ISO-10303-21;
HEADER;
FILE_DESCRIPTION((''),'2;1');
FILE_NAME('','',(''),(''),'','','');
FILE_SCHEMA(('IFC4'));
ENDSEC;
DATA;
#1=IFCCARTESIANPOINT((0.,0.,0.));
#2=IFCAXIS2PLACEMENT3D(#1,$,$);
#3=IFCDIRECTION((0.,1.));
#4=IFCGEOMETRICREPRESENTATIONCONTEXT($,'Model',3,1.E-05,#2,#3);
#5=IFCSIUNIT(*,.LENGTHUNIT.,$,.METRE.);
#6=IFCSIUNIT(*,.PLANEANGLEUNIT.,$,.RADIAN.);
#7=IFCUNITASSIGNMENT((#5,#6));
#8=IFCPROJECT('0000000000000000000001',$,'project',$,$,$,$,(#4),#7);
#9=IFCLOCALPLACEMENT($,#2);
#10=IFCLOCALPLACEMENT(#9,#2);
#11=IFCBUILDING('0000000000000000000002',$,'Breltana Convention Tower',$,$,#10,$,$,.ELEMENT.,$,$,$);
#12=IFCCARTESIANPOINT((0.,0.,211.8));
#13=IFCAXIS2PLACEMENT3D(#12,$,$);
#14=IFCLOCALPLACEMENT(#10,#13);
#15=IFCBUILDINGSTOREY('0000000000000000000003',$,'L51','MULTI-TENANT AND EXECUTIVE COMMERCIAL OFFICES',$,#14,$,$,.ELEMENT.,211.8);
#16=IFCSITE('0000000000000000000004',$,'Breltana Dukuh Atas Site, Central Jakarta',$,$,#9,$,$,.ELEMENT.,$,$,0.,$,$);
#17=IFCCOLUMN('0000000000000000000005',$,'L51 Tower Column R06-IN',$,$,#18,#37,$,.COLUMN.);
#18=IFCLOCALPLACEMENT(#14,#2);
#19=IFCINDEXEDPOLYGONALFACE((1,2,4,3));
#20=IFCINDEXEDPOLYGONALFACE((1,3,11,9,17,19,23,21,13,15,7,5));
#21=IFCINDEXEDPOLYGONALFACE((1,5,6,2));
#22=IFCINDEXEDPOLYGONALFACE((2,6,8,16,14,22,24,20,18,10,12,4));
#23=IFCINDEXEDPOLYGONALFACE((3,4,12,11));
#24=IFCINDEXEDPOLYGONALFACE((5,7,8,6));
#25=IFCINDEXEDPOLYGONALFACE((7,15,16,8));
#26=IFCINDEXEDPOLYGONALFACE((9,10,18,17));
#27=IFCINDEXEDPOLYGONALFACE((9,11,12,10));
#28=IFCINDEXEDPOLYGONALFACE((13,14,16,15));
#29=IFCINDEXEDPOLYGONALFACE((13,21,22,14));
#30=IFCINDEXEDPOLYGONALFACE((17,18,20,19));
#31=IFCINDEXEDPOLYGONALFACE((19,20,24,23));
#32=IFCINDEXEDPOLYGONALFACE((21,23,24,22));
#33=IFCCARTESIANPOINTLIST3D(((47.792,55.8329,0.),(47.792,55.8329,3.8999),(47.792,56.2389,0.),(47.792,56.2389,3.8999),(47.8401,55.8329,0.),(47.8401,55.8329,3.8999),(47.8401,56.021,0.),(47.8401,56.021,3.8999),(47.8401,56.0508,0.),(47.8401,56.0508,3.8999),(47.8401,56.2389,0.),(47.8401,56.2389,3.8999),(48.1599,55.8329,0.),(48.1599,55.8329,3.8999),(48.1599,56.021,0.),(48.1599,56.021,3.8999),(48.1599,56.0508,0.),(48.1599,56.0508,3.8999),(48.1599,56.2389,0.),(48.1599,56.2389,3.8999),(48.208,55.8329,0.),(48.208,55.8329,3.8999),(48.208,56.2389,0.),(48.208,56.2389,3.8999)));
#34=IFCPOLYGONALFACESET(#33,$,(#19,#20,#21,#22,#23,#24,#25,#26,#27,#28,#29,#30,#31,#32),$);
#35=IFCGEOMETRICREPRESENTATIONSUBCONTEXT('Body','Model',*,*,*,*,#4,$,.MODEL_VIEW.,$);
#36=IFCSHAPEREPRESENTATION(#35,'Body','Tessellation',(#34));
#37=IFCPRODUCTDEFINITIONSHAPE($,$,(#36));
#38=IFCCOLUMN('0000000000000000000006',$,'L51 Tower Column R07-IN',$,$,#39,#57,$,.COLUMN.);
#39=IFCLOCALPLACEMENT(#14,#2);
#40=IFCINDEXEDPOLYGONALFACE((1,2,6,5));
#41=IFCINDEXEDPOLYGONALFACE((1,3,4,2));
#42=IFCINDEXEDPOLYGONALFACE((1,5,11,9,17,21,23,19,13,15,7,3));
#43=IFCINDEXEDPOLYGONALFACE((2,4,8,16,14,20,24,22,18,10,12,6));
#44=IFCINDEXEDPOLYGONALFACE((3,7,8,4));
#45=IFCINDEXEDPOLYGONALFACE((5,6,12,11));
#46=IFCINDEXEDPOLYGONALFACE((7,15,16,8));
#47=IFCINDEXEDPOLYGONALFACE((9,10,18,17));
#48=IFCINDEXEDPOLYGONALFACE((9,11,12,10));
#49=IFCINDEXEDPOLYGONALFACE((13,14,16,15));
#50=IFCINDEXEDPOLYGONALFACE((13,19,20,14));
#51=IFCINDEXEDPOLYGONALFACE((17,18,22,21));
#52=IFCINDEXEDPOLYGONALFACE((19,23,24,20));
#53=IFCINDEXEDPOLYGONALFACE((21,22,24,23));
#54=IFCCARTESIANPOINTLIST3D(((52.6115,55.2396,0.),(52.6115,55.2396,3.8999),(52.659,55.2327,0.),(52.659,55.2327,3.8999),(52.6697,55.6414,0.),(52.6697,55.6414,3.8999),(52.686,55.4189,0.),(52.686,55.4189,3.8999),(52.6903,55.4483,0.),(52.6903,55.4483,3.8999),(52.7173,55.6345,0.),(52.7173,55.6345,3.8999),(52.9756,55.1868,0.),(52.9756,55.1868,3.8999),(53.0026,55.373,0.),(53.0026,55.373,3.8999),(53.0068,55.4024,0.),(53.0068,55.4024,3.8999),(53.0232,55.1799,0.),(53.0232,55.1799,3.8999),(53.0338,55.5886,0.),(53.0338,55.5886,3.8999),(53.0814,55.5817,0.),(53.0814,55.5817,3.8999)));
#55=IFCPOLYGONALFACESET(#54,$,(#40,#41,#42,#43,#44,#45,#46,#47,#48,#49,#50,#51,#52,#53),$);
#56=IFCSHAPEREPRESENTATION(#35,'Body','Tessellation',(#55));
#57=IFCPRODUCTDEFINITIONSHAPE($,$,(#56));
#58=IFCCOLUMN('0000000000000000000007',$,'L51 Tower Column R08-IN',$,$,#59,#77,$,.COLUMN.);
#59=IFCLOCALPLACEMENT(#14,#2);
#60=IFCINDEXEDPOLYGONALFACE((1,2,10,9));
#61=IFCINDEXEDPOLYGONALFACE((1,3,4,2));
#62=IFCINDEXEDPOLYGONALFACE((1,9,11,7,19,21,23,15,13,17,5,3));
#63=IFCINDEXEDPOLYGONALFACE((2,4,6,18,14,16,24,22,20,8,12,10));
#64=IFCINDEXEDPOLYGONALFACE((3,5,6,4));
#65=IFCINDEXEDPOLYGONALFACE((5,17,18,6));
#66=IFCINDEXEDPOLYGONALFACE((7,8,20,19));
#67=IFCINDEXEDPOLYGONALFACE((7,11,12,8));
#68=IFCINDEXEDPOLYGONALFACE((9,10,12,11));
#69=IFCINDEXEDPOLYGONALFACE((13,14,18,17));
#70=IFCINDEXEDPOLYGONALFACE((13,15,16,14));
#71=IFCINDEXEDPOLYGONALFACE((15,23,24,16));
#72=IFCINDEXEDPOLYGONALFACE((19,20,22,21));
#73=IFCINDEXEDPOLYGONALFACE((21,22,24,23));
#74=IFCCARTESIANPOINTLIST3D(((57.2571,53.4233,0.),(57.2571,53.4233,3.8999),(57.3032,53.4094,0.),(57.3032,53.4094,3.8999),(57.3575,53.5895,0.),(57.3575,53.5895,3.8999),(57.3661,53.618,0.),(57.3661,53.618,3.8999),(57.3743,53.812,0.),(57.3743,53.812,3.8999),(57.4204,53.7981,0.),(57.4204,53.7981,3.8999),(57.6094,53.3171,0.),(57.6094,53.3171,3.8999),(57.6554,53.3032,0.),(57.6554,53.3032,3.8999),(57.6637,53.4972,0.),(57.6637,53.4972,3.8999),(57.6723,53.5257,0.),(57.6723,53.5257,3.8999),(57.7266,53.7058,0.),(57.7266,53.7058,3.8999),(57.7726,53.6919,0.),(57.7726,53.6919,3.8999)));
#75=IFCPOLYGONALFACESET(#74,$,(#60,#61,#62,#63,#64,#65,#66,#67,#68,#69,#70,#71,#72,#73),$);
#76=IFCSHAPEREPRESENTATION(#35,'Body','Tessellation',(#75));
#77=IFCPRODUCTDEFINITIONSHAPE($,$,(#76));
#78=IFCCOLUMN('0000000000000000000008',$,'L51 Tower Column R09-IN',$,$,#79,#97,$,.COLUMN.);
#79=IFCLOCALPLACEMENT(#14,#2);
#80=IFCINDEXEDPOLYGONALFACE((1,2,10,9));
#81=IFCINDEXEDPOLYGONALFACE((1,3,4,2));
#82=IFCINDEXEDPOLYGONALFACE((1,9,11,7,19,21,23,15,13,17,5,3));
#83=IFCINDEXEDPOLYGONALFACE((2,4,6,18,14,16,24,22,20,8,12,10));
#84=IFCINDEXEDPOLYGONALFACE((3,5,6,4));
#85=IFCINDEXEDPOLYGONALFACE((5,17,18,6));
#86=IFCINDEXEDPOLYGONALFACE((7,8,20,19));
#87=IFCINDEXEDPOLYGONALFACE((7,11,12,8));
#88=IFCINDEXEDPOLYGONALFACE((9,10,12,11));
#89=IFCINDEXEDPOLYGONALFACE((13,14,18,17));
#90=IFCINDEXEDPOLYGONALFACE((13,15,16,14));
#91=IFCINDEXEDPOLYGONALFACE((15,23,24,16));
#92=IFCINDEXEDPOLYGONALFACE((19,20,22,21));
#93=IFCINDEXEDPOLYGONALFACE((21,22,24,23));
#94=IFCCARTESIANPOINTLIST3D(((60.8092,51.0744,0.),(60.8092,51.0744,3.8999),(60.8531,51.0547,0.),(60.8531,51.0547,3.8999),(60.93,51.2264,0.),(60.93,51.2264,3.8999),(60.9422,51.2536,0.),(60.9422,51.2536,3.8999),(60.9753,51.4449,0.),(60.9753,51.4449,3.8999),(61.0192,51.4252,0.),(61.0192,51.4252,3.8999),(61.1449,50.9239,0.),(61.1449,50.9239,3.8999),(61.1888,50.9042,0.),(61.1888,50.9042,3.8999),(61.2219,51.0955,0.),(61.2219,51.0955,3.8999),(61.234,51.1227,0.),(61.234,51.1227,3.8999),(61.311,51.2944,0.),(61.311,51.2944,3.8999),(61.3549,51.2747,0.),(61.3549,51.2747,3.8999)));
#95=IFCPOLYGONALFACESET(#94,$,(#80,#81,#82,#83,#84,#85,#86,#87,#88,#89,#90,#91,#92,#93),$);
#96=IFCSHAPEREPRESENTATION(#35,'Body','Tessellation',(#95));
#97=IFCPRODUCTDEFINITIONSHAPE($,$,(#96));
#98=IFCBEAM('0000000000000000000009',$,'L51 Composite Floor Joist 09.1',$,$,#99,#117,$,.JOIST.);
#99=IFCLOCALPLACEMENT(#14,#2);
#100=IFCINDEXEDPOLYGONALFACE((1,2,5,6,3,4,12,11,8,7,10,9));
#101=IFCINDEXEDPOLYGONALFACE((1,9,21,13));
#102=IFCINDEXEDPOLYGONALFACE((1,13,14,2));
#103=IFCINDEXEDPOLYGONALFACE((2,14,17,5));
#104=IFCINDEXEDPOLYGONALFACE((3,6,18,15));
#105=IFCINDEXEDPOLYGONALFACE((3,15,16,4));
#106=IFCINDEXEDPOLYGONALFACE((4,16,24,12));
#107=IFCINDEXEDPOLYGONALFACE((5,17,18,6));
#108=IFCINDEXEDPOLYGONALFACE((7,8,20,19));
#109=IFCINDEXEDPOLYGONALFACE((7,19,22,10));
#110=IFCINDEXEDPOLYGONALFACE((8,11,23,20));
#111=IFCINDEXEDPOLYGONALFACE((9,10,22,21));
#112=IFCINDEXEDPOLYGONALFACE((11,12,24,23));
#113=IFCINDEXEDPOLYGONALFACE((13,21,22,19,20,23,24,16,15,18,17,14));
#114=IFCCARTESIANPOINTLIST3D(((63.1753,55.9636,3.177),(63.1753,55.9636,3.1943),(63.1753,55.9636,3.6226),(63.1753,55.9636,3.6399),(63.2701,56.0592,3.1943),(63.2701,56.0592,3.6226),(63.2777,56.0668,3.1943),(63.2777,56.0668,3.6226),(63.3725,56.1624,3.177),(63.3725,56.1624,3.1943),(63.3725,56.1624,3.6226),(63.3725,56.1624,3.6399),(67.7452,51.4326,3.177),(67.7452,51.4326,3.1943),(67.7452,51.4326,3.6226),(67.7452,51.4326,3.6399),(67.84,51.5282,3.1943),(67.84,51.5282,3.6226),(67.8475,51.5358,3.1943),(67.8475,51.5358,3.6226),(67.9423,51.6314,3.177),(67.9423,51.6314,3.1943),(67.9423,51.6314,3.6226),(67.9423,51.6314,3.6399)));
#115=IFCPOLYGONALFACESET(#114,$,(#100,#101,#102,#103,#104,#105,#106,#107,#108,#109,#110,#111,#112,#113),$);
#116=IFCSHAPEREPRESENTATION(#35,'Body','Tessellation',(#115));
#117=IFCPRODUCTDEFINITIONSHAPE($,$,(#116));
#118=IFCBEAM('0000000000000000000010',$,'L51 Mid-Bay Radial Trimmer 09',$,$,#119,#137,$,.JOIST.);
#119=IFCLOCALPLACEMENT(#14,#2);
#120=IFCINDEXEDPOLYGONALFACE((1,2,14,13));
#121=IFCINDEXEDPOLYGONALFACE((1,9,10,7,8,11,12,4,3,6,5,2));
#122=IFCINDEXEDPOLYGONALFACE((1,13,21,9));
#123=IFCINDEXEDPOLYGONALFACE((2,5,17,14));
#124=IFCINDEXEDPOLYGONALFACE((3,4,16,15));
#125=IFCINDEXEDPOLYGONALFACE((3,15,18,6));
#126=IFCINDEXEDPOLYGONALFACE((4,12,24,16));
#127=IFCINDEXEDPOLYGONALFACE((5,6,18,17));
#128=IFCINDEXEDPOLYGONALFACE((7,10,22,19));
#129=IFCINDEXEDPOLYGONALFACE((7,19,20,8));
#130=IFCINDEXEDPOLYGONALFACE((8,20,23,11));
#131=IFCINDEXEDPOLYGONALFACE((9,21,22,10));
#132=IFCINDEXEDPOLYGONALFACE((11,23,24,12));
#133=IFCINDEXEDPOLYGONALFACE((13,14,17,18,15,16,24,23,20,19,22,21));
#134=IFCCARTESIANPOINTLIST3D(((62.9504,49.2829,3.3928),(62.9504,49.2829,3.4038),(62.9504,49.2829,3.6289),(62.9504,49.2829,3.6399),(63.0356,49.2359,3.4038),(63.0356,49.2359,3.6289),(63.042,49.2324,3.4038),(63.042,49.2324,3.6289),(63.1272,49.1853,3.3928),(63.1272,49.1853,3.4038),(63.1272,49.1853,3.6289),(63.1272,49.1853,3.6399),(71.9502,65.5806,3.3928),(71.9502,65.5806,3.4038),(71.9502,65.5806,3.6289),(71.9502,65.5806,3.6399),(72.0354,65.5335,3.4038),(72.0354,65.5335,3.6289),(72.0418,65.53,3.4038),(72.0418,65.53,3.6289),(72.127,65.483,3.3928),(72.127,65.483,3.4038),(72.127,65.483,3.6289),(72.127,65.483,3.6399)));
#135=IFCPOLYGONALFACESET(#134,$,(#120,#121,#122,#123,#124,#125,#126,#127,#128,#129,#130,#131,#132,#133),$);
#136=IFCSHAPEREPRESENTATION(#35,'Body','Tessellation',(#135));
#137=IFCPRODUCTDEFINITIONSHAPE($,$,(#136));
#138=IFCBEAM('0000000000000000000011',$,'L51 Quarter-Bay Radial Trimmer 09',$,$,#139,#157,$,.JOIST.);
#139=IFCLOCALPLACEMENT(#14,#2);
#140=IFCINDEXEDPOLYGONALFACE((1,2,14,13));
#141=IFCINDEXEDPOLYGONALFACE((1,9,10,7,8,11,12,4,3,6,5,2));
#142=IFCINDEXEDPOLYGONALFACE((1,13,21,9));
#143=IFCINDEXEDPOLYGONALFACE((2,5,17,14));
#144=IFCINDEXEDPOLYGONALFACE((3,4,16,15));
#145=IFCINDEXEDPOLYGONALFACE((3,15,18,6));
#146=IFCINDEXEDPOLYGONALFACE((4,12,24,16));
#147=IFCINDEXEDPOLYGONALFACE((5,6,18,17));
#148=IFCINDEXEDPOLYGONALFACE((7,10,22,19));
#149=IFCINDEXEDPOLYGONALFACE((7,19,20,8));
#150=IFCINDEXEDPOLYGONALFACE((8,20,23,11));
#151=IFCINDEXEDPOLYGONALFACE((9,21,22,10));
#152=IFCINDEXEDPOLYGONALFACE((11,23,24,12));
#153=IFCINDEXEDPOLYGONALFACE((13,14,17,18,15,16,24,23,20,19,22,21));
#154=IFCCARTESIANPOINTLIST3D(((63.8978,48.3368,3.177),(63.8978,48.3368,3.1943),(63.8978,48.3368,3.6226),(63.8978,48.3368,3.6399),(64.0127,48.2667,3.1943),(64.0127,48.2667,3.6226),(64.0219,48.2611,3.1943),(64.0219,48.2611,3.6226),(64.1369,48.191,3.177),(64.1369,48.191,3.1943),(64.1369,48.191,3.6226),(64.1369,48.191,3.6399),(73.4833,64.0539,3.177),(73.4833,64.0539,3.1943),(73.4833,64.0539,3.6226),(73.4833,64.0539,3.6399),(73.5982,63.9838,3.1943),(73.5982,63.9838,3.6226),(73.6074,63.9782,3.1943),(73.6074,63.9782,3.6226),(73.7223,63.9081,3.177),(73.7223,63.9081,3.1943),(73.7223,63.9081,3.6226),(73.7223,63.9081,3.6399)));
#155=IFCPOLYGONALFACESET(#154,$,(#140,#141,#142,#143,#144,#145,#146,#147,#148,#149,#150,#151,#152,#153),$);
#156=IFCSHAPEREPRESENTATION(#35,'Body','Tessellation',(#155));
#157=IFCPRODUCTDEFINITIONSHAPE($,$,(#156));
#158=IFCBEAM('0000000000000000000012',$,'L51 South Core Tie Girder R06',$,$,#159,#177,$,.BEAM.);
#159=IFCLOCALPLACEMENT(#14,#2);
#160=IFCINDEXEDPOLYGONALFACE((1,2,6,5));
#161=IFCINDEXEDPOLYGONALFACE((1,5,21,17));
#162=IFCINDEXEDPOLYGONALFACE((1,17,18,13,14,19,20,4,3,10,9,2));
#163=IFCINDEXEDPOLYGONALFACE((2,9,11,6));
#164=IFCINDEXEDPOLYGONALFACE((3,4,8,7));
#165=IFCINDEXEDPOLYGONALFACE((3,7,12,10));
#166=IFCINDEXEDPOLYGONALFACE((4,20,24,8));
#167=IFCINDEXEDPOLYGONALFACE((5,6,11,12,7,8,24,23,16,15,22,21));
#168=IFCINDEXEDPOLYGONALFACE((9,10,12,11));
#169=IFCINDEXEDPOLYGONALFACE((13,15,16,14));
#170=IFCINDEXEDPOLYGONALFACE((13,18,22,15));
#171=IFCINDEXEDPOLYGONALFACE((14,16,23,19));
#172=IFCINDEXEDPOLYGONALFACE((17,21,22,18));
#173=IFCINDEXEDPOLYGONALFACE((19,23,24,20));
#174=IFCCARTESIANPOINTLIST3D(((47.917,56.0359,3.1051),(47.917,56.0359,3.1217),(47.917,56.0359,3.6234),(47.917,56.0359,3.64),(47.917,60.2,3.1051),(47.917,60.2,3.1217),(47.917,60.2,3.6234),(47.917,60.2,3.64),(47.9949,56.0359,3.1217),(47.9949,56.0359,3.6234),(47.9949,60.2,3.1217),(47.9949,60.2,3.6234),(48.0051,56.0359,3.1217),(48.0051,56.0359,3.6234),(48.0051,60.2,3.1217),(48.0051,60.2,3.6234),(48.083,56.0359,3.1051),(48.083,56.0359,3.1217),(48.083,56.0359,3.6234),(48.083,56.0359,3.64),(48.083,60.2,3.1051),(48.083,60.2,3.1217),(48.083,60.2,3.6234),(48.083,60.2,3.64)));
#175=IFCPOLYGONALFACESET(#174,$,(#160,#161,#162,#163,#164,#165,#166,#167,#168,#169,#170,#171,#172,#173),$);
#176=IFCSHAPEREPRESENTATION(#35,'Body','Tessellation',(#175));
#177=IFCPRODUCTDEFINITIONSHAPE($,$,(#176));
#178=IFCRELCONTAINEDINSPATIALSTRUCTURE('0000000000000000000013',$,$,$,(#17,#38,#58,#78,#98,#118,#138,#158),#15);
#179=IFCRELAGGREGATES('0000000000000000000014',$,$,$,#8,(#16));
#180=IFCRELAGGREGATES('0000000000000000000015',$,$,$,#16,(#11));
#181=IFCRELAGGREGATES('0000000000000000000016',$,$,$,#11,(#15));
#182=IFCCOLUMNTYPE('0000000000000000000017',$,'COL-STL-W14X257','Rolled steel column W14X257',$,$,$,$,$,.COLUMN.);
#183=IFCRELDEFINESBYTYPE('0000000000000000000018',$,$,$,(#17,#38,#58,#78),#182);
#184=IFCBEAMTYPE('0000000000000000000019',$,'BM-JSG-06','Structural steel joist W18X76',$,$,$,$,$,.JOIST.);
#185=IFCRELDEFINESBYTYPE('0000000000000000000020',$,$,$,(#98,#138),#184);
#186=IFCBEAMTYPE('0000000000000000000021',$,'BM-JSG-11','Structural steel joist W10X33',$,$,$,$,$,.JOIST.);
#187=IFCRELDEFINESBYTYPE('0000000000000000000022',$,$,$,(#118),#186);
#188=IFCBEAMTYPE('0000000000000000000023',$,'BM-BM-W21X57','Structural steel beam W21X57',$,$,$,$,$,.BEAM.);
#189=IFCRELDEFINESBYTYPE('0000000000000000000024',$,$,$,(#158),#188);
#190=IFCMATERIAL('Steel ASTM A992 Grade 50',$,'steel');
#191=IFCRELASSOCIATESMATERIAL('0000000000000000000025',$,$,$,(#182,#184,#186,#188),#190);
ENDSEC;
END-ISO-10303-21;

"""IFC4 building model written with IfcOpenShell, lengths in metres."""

from ifc_helpers import new_model, si_unit, direction, frame, origin, origin_2d, place, context, subcontext, project, spatial, i_section, extrude, source, transform, mapped, material, material_profile, profile_set, type_object, element, save


model = new_model("IFC4")

# Units and contexts
model_context = context("Model", 3, precision=1e-05, world=origin(), true_north=direction((0.0, 1.0)))
body_context = subcontext(model_context, "Body", "Model", "MODEL_VIEW")
ifc_project = project(units=[si_unit("LENGTHUNIT", "METRE"), si_unit("PLANEANGLEUNIT", "RADIAN")], contexts=[model_context])

# Site, building, storey
site_placement = place(None, origin())
site = spatial("IfcSite", under=ifc_project, at=site_placement, Name="Breltana Dukuh Atas Site, Central Jakarta", CompositionType="ELEMENT", RefElevation=0.0)
building_placement = place(site_placement, origin())
building = spatial("IfcBuilding", under=site, at=building_placement, Name="Breltana Convention Tower", CompositionType="ELEMENT")
storey_placement = place(building_placement, frame((0.0, 0.0, 211.8)))
storey = spatial("IfcBuildingStorey", under=building, at=storey_placement, Name="L51", Description="MULTI-TENANT AND EXECUTIVE COMMERCIAL OFFICES", CompositionType="ELEMENT", Elevation=211.8)

# Columns
ifc_material_1 = material(Name="Steel ASTM A992 Grade 50", Category="steel")
ifc_material_profile_1 = material_profile(ifc_material_1, i_section(OverallWidth=0.406, OverallDepth=0.416, WebThickness=0.0298, FlangeThickness=0.0481, at=origin_2d()), Name="W14X257")
ifc_profile_set_1 = profile_set([ifc_material_profile_1], Name="Steel ASTM A992 Grade 50")
column_type = type_object("IfcColumnType", Name="COL-STL-W14X257", Description="Rolled steel column W14X257", PredefinedType="COLUMN", material=ifc_profile_set_1)
shared_shape_1 = source(origin(), body_context, "Body", "SweptSolid", [
    extrude(i_section(OverallWidth=0.406, OverallDepth=0.416, WebThickness=0.0298, FlangeThickness=0.0481, at=origin_2d()), origin(), (0.0, 0.0, 1.0), 3.8999),
])
for number, where, z_axis, x_axis, name in (
    (1, (48.0, 56.0359, 0.0), (0.0, 0.0, 1.0), (0.0, 1.0, 0.0), "L51 Tower Column R06-IN"),
    (2, (52.8464, 55.4106, 0.0), (0.0, 0.0, 1.0), (0.143493, 0.989651, 0.0), "L51 Tower Column R07-IN"),
    (3, (57.5149, 53.5576, 0.0), (0.0, 0.0, 1.0), (0.288698, 0.95742, 0.0), "L51 Tower Column R08-IN"),
    (4, (61.082, 51.1746, 0.0), (0.0, 0.0, 1.0), (0.409127, 0.912477, 0.0), "L51 Tower Column R09-IN"),
):
    element("IfcColumn", number, at=place(storey_placement, frame(where, z_axis=z_axis, x_axis=x_axis)), inside=storey, type_object=column_type, Name=name, PredefinedType="COLUMN", context=body_context, shape_type="MappedRepresentation", body=[
        mapped(shared_shape_1, transform((0.0, 0.0, 0.0), scale=1.0)),
    ])

# Beams
ifc_material_profile_2 = material_profile(ifc_material_1, i_section(OverallWidth=0.28, OverallDepth=0.4629, WebThickness=0.0107, FlangeThickness=0.0173, at=origin_2d()), Name="W18X76")
ifc_profile_set_2 = profile_set([ifc_material_profile_2], Name="Steel ASTM A992 Grade 50")
beam_type_1 = type_object("IfcBeamType", Name="BM-JSG-06", Description="Structural steel joist W18X76", PredefinedType="JOIST", material=ifc_profile_set_2)
shared_shape_2 = source(origin(), body_context, "Body", "SweptSolid", [
    extrude(i_section(OverallWidth=0.28, OverallDepth=0.4629, WebThickness=0.0107, FlangeThickness=0.0173, at=origin_2d()), origin(), (0.0, 0.0, 1.0), 6.4353),
])
beam_1_placement = place(storey_placement, frame((63.2739, 56.063, 3.4084), z_axis=(0.710116, -0.704084, 0.0), x_axis=(0.704084, 0.710116, 0.0)))
element("IfcBeam", 5, at=beam_1_placement, inside=storey, type_object=beam_type_1, Name="L51 Composite Floor Joist 09.1", PredefinedType="JOIST", context=body_context, shape_type="MappedRepresentation", body=[
    mapped(shared_shape_2, transform((0.0, 0.0, 0.0), scale=1.0)),
])
ifc_material_profile_3 = material_profile(ifc_material_1, i_section(OverallWidth=0.2019, OverallDepth=0.2471, WebThickness=0.0073, FlangeThickness=0.011, at=origin_2d()), Name="W10X33")
ifc_profile_set_3 = profile_set([ifc_material_profile_3], Name="Steel ASTM A992 Grade 50")
beam_type_2 = type_object("IfcBeamType", Name="BM-JSG-11", Description="Structural steel joist W10X33", PredefinedType="JOIST", material=ifc_profile_set_3)
shared_shape_3 = source(origin(), body_context, "Body", "SweptSolid", [
    extrude(i_section(OverallWidth=0.2019, OverallDepth=0.2471, WebThickness=0.0073, FlangeThickness=0.011, at=origin_2d()), origin(), (0.0, 0.0, 1.0), 18.6174),
])
beam_2_placement = place(storey_placement, frame((63.0388, 49.2341, 3.5164), z_axis=(0.483406, 0.875396, 0.0), x_axis=(-0.875396, 0.483406, 0.0)))
element("IfcBeam", 6, at=beam_2_placement, inside=storey, type_object=beam_type_2, Name="L51 Mid-Bay Radial Trimmer 09", PredefinedType="JOIST", context=body_context, shape_type="MappedRepresentation", body=[
    mapped(shared_shape_3, transform((0.0, 0.0, 0.0), scale=1.0)),
])
shared_shape_4 = source(origin(), body_context, "Body", "SweptSolid", [
    extrude(i_section(OverallWidth=0.28, OverallDepth=0.4629, WebThickness=0.0107, FlangeThickness=0.0173, at=origin_2d()), origin(), (0.0, 0.0, 1.0), 18.4094),
])
beam_3_placement = place(storey_placement, frame((64.0173, 48.2639, 3.4084), z_axis=(0.520682, 0.853751, 0.0), x_axis=(-0.853751, 0.520682, 0.0)))
element("IfcBeam", 7, at=beam_3_placement, inside=storey, type_object=beam_type_1, Name="L51 Quarter-Bay Radial Trimmer 09", PredefinedType="JOIST", context=body_context, shape_type="MappedRepresentation", body=[
    mapped(shared_shape_4, transform((0.0, 0.0, 0.0), scale=1.0)),
])
ifc_material_profile_4 = material_profile(ifc_material_1, i_section(OverallWidth=0.166, OverallDepth=0.5349, WebThickness=0.0103, FlangeThickness=0.0166, at=origin_2d()), Name="W21X57")
ifc_profile_set_4 = profile_set([ifc_material_profile_4], Name="Steel ASTM A992 Grade 50")
beam_type_3 = type_object("IfcBeamType", Name="BM-BM-W21X57", Description="Structural steel beam W21X57", PredefinedType="BEAM", material=ifc_profile_set_4)
shared_shape_5 = source(origin(), body_context, "Body", "SweptSolid", [
    extrude(i_section(OverallWidth=0.166, OverallDepth=0.5349, WebThickness=0.0103, FlangeThickness=0.0166, at=origin_2d()), origin(), (0.0, 0.0, 1.0), 4.1641),
])
beam_4_placement = place(storey_placement, frame((48.0, 60.2, 3.3726), z_axis=(0.0, -1.0, 0.0), x_axis=(1.0, 0.0, 0.0)))
element("IfcBeam", 8, at=beam_4_placement, inside=storey, type_object=beam_type_3, Name="L51 South Core Tie Girder R06", PredefinedType="BEAM", context=body_context, shape_type="MappedRepresentation", body=[
    mapped(shared_shape_5, transform((0.0, 0.0, 0.0), scale=1.0)),
])

save(model, "model.ifc")
